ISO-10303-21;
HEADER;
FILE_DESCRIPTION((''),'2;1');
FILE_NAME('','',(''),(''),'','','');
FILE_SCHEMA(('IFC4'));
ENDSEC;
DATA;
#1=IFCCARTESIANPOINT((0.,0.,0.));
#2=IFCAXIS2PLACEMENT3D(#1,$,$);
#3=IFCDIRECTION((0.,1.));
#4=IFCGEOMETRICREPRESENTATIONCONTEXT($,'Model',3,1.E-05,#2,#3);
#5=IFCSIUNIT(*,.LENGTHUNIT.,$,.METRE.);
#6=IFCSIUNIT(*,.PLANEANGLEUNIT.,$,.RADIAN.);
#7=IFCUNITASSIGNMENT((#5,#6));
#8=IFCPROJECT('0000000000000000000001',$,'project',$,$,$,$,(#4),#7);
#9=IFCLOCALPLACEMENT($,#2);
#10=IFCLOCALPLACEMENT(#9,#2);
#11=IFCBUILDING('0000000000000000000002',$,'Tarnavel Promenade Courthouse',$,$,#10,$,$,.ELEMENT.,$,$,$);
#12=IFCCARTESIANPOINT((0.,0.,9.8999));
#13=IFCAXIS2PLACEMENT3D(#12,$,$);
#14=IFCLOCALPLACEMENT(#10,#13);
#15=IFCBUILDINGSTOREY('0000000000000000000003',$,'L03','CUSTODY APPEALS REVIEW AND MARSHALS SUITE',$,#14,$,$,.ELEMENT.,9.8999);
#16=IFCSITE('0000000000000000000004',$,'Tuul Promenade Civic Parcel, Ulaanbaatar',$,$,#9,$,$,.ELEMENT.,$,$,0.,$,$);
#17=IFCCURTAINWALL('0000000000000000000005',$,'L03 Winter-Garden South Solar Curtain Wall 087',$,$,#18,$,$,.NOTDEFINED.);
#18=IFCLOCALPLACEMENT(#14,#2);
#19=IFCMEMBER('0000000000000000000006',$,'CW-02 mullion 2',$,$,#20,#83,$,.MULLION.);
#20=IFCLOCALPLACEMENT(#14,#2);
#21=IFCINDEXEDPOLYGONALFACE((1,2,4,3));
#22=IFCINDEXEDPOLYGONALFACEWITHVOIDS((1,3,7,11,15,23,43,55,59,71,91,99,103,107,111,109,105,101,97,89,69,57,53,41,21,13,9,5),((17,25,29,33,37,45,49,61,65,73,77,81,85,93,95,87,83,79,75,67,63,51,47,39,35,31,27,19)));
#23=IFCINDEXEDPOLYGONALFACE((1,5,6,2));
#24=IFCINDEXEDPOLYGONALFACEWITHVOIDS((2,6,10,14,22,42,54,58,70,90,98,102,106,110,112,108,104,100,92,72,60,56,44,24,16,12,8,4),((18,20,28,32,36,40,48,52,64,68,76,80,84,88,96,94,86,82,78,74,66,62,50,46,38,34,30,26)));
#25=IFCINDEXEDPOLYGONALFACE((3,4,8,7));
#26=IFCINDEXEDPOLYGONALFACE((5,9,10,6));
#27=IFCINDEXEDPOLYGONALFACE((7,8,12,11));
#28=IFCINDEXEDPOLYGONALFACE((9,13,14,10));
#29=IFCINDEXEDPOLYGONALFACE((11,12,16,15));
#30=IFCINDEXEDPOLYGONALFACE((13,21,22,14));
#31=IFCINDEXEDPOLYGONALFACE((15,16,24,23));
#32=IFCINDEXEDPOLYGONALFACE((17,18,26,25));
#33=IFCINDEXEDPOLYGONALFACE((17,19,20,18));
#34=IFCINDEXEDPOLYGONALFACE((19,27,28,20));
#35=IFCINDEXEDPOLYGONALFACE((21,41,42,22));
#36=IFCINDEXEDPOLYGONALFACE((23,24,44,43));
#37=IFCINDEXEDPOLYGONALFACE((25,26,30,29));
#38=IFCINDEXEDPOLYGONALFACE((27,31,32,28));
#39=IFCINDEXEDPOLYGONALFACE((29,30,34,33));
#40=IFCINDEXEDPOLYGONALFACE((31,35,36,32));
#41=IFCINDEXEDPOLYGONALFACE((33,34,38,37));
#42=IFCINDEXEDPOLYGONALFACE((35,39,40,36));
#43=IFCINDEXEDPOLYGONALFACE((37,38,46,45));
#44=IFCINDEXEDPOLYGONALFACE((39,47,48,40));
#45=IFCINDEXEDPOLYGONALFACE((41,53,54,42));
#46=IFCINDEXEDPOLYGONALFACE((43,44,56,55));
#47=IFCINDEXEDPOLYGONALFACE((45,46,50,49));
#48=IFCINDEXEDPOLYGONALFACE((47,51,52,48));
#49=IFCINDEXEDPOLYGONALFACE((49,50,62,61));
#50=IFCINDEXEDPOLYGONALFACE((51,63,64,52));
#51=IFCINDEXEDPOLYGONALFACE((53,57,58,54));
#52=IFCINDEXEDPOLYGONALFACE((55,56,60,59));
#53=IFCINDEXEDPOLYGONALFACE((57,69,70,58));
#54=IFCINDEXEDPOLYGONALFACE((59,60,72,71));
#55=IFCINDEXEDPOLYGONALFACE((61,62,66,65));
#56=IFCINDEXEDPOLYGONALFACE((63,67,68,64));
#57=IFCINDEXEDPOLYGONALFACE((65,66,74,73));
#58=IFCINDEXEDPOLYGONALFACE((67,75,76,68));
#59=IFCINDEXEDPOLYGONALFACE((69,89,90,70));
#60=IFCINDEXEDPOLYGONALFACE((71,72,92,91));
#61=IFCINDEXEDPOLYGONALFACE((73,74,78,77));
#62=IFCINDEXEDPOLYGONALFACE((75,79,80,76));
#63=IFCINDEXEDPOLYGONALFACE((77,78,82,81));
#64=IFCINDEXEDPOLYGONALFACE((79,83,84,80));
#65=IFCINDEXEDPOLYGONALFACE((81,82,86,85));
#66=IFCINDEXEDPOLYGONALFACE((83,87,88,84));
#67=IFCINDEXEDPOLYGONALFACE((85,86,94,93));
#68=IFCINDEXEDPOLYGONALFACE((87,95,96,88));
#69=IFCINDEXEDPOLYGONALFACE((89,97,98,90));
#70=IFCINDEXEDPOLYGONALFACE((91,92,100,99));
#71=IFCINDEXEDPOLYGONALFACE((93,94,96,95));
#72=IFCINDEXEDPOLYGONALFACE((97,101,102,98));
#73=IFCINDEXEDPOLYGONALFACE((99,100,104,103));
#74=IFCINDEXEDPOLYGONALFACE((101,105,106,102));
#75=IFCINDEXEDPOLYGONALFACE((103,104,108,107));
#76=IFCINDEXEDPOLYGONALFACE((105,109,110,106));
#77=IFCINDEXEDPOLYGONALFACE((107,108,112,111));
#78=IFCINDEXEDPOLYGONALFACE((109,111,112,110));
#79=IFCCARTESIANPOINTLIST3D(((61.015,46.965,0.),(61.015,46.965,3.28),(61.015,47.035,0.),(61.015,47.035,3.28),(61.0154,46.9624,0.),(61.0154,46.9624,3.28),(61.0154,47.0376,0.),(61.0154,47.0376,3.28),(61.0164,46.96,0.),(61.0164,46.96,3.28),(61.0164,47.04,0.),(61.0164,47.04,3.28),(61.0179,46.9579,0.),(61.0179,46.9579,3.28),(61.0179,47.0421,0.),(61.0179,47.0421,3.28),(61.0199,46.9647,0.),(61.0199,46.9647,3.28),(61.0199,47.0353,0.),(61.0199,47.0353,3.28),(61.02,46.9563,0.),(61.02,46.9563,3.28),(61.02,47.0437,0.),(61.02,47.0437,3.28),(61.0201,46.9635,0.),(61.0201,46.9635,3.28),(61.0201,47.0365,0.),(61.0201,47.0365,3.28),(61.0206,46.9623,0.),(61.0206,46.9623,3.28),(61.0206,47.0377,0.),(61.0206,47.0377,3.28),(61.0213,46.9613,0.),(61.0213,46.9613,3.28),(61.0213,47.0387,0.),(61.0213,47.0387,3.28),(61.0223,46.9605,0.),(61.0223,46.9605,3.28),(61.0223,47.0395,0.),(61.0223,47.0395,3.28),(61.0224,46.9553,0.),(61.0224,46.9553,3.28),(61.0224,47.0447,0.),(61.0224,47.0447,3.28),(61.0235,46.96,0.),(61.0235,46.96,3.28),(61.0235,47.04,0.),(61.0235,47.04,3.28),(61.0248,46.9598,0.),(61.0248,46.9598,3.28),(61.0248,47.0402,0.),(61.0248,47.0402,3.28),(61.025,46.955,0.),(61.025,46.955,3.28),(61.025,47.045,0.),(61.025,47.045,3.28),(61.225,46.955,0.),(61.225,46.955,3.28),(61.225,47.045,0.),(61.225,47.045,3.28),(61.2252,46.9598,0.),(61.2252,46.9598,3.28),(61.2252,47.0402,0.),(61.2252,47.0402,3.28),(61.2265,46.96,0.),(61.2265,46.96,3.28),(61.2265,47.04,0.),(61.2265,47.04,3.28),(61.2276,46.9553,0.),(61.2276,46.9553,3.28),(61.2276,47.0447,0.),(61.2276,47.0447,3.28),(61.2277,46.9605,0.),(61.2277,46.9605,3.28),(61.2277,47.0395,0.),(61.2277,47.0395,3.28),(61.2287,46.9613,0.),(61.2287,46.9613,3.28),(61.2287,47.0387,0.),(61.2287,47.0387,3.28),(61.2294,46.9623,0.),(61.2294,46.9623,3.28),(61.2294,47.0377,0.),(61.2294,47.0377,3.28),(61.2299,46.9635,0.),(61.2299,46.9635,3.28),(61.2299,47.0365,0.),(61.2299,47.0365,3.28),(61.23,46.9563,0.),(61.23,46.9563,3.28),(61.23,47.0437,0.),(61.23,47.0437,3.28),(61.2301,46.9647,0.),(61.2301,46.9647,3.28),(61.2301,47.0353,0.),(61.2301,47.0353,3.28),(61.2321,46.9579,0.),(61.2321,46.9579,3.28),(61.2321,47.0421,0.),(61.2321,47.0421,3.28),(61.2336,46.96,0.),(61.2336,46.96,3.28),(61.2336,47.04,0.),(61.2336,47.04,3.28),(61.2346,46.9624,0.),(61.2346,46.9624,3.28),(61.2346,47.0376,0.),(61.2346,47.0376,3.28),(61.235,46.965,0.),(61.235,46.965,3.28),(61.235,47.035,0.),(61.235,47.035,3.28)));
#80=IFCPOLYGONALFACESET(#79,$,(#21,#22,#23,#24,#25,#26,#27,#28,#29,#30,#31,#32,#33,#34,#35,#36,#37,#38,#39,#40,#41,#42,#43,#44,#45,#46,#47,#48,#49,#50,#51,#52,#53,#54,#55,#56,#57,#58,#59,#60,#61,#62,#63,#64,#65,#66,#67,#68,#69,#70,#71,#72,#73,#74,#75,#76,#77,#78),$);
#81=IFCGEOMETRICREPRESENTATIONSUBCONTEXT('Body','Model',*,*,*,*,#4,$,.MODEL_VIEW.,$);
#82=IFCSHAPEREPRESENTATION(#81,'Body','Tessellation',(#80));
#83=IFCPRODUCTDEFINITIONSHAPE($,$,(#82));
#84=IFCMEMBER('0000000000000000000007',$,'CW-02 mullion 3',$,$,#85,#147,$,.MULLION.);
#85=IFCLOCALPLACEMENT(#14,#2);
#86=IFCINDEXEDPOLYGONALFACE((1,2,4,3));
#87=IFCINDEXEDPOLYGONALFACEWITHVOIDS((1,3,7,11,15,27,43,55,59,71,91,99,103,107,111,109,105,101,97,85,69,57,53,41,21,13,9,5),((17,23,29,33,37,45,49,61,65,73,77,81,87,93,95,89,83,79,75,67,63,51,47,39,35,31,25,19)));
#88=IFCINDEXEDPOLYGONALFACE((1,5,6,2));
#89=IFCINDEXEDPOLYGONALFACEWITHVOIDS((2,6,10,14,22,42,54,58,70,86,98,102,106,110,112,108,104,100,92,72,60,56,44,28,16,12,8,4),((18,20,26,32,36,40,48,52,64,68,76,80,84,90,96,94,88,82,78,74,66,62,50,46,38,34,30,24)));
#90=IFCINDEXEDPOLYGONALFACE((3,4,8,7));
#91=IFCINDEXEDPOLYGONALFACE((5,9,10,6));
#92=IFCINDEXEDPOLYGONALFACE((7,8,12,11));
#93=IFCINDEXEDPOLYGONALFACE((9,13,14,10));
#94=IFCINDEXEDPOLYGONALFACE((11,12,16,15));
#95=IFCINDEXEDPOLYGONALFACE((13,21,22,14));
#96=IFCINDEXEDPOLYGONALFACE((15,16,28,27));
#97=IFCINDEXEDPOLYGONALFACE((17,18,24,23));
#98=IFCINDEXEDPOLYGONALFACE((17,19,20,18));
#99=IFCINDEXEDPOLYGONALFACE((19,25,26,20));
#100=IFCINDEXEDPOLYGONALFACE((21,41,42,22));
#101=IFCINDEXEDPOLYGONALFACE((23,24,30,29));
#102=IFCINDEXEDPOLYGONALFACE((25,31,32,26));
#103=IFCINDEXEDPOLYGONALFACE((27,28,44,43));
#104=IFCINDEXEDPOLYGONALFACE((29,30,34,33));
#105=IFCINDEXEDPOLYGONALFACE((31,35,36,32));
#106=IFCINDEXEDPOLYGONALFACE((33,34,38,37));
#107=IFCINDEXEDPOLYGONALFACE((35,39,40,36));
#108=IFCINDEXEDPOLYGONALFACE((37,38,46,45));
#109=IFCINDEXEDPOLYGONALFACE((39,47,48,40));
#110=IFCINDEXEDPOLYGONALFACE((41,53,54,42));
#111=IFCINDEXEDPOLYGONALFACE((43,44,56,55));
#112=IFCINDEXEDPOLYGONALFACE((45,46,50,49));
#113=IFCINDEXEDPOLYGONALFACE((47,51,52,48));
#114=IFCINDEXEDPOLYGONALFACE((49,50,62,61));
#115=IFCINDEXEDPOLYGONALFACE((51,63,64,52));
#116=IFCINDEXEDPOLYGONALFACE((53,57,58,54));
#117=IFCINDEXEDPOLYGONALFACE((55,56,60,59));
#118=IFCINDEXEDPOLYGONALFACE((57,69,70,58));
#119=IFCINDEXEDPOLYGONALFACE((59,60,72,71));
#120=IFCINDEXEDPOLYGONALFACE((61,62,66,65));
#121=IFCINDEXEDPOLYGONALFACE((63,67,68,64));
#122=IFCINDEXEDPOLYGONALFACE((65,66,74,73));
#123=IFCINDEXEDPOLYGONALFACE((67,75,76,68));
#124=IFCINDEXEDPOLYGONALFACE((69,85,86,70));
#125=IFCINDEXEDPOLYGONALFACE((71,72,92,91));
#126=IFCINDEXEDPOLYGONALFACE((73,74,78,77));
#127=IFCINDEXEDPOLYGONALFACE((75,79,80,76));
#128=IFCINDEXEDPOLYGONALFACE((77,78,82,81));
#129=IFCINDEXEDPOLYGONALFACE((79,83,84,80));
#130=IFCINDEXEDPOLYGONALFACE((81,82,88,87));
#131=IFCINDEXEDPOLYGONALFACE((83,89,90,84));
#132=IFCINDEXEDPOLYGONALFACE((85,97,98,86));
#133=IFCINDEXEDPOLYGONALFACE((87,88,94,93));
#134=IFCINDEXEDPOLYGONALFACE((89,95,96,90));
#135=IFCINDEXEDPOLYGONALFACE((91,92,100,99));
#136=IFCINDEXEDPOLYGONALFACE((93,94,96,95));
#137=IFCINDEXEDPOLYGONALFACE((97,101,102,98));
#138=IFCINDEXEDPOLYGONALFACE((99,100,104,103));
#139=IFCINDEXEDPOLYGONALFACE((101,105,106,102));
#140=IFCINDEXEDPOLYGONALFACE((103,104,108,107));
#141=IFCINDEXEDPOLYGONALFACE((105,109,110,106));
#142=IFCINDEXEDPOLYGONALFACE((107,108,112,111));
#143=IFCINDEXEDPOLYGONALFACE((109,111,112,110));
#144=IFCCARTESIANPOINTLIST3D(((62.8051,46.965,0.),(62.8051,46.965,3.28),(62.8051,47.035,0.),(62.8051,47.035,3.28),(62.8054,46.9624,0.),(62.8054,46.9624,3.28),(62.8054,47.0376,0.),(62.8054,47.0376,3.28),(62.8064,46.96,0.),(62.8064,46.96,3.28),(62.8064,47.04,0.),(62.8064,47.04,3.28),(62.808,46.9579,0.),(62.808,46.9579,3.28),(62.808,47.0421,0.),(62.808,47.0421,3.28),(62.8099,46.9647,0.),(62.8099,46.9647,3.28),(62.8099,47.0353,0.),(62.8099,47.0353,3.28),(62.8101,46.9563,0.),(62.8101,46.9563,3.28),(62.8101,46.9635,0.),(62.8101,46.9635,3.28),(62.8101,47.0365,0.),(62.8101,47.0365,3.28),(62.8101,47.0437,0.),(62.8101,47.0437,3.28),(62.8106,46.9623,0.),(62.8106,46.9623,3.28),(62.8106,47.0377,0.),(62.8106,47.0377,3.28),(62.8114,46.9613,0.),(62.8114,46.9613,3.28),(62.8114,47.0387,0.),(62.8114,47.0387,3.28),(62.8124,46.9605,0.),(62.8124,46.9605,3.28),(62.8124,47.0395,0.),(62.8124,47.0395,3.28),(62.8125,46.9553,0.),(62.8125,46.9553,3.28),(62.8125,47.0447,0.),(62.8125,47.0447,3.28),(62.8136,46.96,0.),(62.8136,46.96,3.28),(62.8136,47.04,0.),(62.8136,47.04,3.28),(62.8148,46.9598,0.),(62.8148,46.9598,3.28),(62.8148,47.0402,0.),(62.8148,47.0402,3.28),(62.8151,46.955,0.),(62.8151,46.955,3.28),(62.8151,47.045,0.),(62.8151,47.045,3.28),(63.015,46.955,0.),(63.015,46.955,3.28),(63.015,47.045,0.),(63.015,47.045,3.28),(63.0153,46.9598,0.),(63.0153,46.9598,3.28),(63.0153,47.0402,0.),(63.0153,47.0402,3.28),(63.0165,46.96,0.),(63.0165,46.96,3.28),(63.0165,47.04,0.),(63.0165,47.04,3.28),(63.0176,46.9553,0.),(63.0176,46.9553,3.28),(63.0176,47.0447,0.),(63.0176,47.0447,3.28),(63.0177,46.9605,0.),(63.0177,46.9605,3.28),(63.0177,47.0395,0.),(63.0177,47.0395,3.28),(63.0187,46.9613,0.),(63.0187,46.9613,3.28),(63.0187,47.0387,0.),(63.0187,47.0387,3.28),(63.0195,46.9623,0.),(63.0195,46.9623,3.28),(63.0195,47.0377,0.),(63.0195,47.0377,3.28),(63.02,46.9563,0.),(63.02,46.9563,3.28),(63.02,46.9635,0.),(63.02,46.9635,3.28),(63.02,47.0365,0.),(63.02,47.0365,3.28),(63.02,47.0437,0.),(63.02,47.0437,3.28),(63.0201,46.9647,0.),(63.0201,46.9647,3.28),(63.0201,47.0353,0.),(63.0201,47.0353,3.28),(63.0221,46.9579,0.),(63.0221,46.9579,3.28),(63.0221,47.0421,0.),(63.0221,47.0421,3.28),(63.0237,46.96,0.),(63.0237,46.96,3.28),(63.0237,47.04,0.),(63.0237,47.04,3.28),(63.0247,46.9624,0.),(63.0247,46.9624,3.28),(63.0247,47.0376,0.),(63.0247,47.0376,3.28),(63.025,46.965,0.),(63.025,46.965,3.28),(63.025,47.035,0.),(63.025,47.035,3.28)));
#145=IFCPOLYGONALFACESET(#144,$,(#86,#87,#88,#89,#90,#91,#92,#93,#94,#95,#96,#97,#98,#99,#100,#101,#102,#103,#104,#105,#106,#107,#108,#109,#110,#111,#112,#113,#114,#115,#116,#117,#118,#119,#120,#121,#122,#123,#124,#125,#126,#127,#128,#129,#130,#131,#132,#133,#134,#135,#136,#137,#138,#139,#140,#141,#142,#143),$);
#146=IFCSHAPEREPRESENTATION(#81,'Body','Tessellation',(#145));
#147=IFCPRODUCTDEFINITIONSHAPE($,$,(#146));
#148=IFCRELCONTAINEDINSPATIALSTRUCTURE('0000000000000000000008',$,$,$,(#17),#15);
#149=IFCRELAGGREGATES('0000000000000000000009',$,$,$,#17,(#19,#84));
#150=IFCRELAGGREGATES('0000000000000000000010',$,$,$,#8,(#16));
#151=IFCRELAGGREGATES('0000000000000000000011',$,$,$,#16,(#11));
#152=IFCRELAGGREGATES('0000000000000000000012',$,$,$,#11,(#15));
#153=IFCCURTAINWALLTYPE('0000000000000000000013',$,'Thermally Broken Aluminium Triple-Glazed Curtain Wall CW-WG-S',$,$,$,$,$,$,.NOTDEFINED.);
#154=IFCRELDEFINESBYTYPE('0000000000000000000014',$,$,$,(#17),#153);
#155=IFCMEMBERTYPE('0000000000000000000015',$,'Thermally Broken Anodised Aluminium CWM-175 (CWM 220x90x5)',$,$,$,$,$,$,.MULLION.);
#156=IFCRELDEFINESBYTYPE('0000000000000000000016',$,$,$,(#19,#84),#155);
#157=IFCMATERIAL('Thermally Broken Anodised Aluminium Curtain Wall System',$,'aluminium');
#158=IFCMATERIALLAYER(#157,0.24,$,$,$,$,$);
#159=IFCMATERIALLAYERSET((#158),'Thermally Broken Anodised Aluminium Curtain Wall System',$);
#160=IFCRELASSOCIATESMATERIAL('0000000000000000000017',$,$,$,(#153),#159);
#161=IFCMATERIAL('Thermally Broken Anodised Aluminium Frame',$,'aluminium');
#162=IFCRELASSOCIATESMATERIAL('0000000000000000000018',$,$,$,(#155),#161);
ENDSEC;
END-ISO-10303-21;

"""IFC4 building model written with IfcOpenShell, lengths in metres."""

from ifc_helpers import new_model, si_unit, direction, frame, origin, origin_2d, place, context, subcontext, project, spatial, hollow_rectangle, extrude, material, layer, layer_set, material_profile, profile_set, type_object, element, aggregate, save


model = new_model("IFC4")

# Units and contexts
model_context = context("Model", 3, precision=1e-05, world=origin(), true_north=direction((0.0, 1.0)))
body_context = subcontext(model_context, "Body", "Model", "MODEL_VIEW")
ifc_project = project(units=[si_unit("LENGTHUNIT", "METRE"), si_unit("PLANEANGLEUNIT", "RADIAN")], contexts=[model_context])

# Site, building, storey
site_placement = place(None, origin())
site = spatial("IfcSite", under=ifc_project, at=site_placement, Name="Tuul Promenade Civic Parcel, Ulaanbaatar", CompositionType="ELEMENT", RefElevation=0.0)
building_placement = place(site_placement, origin())
building = spatial("IfcBuilding", under=site, at=building_placement, Name="Tarnavel Promenade Courthouse", CompositionType="ELEMENT")
storey_placement = place(building_placement, frame((0.0, 0.0, 9.8999)))
storey = spatial("IfcBuildingStorey", under=building, at=storey_placement, Name="L03", Description="CUSTODY APPEALS REVIEW AND MARSHALS SUITE", CompositionType="ELEMENT", Elevation=9.8999)

# Shared definitions
ifc_material_1 = material(Name="Thermally Broken Anodised Aluminium Curtain Wall System", Category="aluminium")
ifc_layer_1 = layer(ifc_material_1, 0.24)
ifc_layer_set_1 = layer_set([ifc_layer_1], Name="Thermally Broken Anodised Aluminium Curtain Wall System")
curtain_wall_type = type_object("IfcCurtainWallType", Name="Thermally Broken Aluminium Triple-Glazed Curtain Wall CW-WG-S", PredefinedType="NOTDEFINED", material=ifc_layer_set_1)
ifc_material_2 = material(Name="Thermally Broken Anodised Aluminium Frame", Category="aluminium")
ifc_material_profile_1 = material_profile(ifc_material_2, hollow_rectangle(XDim=0.0901, YDim=0.22, WallThickness=0.0049, InnerFilletRadius=0.0049, OuterFilletRadius=0.01, at=origin_2d()), Name="CWM 220x90x5")
ifc_profile_set_1 = profile_set([ifc_material_profile_1], Name="Thermally Broken Anodised Aluminium Frame")
member_type_1 = type_object("IfcMemberType", Name="Thermally Broken Anodised Aluminium CWM-175 (CWM 220x90x5)", PredefinedType="MULLION", material=ifc_profile_set_1)

# Curtain wall, members
curtain_wall_1_placement = place(storey_placement, origin())
curtain_wall_1 = element("IfcCurtainWall", 1, at=curtain_wall_1_placement, inside=storey, type_object=curtain_wall_type, Name="L03 Winter-Garden South Solar Curtain Wall 087", PredefinedType="NOTDEFINED")
member_1_placement = place(storey_placement, frame((61.125, 47.0, 0.0), z_axis=(0.0, 0.0, 1.0), x_axis=(0.0, 1.0, 0.0)))
member_1 = element("IfcMember", 2, at=member_1_placement, type_object=member_type_1, Name="CW-02 mullion 2", PredefinedType="MULLION", context=body_context, shape_type="SweptSolid", body=[
    extrude(hollow_rectangle(XDim=0.0901, YDim=0.22, WallThickness=0.0049, InnerFilletRadius=0.0049, OuterFilletRadius=0.01, at=origin_2d()), origin(), (0.0, 0.0, 1.0), 3.28),
])
member_2_placement = place(storey_placement, frame((62.915, 47.0, 0.0), z_axis=(0.0, 0.0, 1.0), x_axis=(0.0, 1.0, 0.0)))
member_2 = element("IfcMember", 3, at=member_2_placement, type_object=member_type_1, Name="CW-02 mullion 3", PredefinedType="MULLION", context=body_context, shape_type="SweptSolid", body=[
    extrude(hollow_rectangle(XDim=0.0901, YDim=0.22, WallThickness=0.0049, InnerFilletRadius=0.0049, OuterFilletRadius=0.01, at=origin_2d()), origin(), (0.0, 0.0, 1.0), 3.28),
])

aggregate(curtain_wall_1, [member_1, member_2])

save(model, "model.ifc")
